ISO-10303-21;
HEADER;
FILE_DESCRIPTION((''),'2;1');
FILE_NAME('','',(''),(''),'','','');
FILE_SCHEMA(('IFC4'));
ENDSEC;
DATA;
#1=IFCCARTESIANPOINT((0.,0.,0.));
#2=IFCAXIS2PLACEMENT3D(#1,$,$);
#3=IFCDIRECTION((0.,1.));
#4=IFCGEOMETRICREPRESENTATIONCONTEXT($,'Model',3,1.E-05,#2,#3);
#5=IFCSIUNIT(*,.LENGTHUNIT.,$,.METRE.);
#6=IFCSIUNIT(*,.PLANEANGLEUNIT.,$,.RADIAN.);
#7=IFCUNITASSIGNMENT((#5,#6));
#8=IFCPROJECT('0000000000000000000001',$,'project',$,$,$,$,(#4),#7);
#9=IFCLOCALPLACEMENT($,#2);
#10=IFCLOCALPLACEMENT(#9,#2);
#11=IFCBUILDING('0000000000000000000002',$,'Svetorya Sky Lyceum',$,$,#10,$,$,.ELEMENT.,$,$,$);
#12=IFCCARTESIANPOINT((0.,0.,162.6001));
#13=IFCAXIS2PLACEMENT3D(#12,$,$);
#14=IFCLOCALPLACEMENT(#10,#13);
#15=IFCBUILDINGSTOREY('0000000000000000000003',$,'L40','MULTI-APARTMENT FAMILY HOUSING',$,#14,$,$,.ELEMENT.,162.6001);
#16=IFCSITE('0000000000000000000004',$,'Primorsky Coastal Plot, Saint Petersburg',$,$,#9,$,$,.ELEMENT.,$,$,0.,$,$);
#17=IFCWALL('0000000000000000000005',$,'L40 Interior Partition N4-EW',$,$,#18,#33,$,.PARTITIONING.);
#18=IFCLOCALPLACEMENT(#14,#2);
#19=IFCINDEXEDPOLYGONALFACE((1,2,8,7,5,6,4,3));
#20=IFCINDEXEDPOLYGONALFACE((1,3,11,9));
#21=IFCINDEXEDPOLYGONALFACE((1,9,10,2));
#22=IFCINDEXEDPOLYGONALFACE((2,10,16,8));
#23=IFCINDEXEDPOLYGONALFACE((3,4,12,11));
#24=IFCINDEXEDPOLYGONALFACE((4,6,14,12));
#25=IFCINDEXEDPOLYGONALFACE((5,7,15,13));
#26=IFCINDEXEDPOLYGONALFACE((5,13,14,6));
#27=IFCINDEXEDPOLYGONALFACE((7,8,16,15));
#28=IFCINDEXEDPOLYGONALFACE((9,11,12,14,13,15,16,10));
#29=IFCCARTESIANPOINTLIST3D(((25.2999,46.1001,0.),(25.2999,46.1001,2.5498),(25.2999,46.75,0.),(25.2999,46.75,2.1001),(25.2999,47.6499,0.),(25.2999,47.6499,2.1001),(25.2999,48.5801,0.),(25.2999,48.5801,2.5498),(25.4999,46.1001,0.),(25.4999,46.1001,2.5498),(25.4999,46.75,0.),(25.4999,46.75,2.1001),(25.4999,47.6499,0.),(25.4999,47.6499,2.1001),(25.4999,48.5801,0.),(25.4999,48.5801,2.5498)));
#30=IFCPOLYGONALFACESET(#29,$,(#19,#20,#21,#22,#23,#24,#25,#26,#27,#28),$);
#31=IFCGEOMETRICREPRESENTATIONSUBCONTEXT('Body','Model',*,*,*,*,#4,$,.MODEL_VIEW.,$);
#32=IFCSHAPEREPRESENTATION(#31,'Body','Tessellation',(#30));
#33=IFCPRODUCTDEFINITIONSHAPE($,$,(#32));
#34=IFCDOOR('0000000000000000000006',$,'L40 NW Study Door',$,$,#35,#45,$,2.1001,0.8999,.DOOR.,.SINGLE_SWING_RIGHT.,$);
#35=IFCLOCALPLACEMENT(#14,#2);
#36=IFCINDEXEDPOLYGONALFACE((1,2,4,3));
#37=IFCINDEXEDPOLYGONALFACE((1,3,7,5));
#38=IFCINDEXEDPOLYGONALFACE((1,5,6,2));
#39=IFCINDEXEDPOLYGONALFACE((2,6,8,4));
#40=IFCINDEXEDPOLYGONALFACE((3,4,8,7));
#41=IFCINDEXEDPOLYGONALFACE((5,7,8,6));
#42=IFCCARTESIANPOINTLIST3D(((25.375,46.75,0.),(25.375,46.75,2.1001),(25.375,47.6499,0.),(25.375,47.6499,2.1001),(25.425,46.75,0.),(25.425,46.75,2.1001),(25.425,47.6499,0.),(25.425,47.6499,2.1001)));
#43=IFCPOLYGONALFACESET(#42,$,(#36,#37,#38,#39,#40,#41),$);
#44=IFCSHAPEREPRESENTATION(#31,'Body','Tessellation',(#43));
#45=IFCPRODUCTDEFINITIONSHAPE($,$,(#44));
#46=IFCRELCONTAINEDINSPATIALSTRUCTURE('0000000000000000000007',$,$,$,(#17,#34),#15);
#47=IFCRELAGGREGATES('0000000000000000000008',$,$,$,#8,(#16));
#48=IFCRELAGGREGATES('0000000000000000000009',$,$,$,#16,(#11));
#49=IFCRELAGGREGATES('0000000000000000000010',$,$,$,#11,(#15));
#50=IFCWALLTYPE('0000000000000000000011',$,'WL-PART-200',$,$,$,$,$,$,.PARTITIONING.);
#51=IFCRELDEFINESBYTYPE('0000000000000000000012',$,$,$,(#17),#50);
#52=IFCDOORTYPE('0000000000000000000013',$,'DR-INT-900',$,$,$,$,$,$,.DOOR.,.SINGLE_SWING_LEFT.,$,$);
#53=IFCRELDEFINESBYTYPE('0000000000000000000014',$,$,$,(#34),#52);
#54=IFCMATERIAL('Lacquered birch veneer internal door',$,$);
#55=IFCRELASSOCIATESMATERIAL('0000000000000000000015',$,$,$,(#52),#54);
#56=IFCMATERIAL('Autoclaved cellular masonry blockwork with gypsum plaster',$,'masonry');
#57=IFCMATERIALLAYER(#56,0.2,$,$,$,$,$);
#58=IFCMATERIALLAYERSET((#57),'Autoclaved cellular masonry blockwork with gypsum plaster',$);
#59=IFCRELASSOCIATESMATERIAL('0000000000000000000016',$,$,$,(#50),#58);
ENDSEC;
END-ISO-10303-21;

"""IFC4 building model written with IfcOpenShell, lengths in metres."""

from ifc_helpers import new_model, si_unit, direction, frame, frame_2d, origin, place, context, subcontext, project, spatial, rectangle, extrude, material, layer, layer_set, type_object, element, fill, save


model = new_model("IFC4")

# Units and contexts
model_context = context("Model", 3, precision=1e-05, world=origin(), true_north=direction((0.0, 1.0)))
body_context = subcontext(model_context, "Body", "Model", "MODEL_VIEW")
ifc_project = project(units=[si_unit("LENGTHUNIT", "METRE"), si_unit("PLANEANGLEUNIT", "RADIAN")], contexts=[model_context])

# Site, building, storey
site_placement = place(None, origin())
site = spatial("IfcSite", under=ifc_project, at=site_placement, Name="Primorsky Coastal Plot, Saint Petersburg", CompositionType="ELEMENT", RefElevation=0.0)
building_placement = place(site_placement, origin())
building = spatial("IfcBuilding", under=site, at=building_placement, Name="Svetorya Sky Lyceum", CompositionType="ELEMENT")
storey_placement = place(building_placement, frame((0.0, 0.0, 162.6001)))
storey = spatial("IfcBuildingStorey", under=building, at=storey_placement, Name="L40", Description="MULTI-APARTMENT FAMILY HOUSING", CompositionType="ELEMENT", Elevation=162.6001)

# Shared definitions
ifc_material_1 = material(Name="Lacquered birch veneer internal door")
door_type = type_object("IfcDoorType", Name="DR-INT-900", OperationType="SINGLE_SWING_LEFT", PredefinedType="DOOR", material=ifc_material_1)

# Shared definitions
ifc_material_2 = material(Name="Autoclaved cellular masonry blockwork with gypsum plaster", Category="masonry")
ifc_layer_1 = layer(ifc_material_2, 0.2)
ifc_layer_set_1 = layer_set([ifc_layer_1], Name="Autoclaved cellular masonry blockwork with gypsum plaster")
wall_type_1 = type_object("IfcWallType", Name="WL-PART-200", PredefinedType="PARTITIONING", material=ifc_layer_set_1)

# Wall, opening, door
wall_1_placement = place(storey_placement, frame((25.3999, 46.1001, 0.0), z_axis=(0.0, 0.0, 1.0), x_axis=(0.0, 1.0, 0.0)))
wall_1 = element("IfcWall", 1, at=wall_1_placement, inside=storey, type_object=wall_type_1, Name="L40 Interior Partition N4-EW", PredefinedType="PARTITIONING", context=body_context, shape_type="SweptSolid", body=[
    extrude(rectangle(XDim=2.48, YDim=0.2, at=frame_2d((1.24, 0.0))), origin(), (0.0, 0.0, 1.0), 2.5498),
])
opening_1_placement = place(wall_1_placement, frame((0.6499, 0.0, 0.0)))
opening_1 = element("IfcOpeningElement", 2, at=opening_1_placement, cuts=wall_1, PredefinedType="OPENING", context=body_context, shape_type="SweptSolid", body=[
    extrude(rectangle(XDim=0.8999, YDim=2.1001, at=frame_2d((0.45, 1.05))), frame((0.0, 0.1099, 0.0), z_axis=(0.0, -1.0, 0.0), x_axis=(1.0, 0.0, 0.0)), (0.0, 0.0, 1.0), 0.22),
])
door_1_placement = place(opening_1_placement, origin())
door_1 = element("IfcDoor", 3, at=door_1_placement, inside=storey, type_object=door_type, Name="L40 NW Study Door", OperationType="SINGLE_SWING_RIGHT", OverallHeight=2.1001, OverallWidth=0.8999, PredefinedType="DOOR", context=body_context, shape_type="SweptSolid", body=[
    extrude(rectangle(XDim=0.8999, YDim=2.1001, at=frame_2d((0.45, 1.05))), frame((0.0, 0.0249, 0.0), z_axis=(0.0, -1.0, 0.0), x_axis=(1.0, 0.0, 0.0)), (0.0, 0.0, 1.0), 0.05),
])
fill(opening_1, door_1)

save(model, "model.ifc")
